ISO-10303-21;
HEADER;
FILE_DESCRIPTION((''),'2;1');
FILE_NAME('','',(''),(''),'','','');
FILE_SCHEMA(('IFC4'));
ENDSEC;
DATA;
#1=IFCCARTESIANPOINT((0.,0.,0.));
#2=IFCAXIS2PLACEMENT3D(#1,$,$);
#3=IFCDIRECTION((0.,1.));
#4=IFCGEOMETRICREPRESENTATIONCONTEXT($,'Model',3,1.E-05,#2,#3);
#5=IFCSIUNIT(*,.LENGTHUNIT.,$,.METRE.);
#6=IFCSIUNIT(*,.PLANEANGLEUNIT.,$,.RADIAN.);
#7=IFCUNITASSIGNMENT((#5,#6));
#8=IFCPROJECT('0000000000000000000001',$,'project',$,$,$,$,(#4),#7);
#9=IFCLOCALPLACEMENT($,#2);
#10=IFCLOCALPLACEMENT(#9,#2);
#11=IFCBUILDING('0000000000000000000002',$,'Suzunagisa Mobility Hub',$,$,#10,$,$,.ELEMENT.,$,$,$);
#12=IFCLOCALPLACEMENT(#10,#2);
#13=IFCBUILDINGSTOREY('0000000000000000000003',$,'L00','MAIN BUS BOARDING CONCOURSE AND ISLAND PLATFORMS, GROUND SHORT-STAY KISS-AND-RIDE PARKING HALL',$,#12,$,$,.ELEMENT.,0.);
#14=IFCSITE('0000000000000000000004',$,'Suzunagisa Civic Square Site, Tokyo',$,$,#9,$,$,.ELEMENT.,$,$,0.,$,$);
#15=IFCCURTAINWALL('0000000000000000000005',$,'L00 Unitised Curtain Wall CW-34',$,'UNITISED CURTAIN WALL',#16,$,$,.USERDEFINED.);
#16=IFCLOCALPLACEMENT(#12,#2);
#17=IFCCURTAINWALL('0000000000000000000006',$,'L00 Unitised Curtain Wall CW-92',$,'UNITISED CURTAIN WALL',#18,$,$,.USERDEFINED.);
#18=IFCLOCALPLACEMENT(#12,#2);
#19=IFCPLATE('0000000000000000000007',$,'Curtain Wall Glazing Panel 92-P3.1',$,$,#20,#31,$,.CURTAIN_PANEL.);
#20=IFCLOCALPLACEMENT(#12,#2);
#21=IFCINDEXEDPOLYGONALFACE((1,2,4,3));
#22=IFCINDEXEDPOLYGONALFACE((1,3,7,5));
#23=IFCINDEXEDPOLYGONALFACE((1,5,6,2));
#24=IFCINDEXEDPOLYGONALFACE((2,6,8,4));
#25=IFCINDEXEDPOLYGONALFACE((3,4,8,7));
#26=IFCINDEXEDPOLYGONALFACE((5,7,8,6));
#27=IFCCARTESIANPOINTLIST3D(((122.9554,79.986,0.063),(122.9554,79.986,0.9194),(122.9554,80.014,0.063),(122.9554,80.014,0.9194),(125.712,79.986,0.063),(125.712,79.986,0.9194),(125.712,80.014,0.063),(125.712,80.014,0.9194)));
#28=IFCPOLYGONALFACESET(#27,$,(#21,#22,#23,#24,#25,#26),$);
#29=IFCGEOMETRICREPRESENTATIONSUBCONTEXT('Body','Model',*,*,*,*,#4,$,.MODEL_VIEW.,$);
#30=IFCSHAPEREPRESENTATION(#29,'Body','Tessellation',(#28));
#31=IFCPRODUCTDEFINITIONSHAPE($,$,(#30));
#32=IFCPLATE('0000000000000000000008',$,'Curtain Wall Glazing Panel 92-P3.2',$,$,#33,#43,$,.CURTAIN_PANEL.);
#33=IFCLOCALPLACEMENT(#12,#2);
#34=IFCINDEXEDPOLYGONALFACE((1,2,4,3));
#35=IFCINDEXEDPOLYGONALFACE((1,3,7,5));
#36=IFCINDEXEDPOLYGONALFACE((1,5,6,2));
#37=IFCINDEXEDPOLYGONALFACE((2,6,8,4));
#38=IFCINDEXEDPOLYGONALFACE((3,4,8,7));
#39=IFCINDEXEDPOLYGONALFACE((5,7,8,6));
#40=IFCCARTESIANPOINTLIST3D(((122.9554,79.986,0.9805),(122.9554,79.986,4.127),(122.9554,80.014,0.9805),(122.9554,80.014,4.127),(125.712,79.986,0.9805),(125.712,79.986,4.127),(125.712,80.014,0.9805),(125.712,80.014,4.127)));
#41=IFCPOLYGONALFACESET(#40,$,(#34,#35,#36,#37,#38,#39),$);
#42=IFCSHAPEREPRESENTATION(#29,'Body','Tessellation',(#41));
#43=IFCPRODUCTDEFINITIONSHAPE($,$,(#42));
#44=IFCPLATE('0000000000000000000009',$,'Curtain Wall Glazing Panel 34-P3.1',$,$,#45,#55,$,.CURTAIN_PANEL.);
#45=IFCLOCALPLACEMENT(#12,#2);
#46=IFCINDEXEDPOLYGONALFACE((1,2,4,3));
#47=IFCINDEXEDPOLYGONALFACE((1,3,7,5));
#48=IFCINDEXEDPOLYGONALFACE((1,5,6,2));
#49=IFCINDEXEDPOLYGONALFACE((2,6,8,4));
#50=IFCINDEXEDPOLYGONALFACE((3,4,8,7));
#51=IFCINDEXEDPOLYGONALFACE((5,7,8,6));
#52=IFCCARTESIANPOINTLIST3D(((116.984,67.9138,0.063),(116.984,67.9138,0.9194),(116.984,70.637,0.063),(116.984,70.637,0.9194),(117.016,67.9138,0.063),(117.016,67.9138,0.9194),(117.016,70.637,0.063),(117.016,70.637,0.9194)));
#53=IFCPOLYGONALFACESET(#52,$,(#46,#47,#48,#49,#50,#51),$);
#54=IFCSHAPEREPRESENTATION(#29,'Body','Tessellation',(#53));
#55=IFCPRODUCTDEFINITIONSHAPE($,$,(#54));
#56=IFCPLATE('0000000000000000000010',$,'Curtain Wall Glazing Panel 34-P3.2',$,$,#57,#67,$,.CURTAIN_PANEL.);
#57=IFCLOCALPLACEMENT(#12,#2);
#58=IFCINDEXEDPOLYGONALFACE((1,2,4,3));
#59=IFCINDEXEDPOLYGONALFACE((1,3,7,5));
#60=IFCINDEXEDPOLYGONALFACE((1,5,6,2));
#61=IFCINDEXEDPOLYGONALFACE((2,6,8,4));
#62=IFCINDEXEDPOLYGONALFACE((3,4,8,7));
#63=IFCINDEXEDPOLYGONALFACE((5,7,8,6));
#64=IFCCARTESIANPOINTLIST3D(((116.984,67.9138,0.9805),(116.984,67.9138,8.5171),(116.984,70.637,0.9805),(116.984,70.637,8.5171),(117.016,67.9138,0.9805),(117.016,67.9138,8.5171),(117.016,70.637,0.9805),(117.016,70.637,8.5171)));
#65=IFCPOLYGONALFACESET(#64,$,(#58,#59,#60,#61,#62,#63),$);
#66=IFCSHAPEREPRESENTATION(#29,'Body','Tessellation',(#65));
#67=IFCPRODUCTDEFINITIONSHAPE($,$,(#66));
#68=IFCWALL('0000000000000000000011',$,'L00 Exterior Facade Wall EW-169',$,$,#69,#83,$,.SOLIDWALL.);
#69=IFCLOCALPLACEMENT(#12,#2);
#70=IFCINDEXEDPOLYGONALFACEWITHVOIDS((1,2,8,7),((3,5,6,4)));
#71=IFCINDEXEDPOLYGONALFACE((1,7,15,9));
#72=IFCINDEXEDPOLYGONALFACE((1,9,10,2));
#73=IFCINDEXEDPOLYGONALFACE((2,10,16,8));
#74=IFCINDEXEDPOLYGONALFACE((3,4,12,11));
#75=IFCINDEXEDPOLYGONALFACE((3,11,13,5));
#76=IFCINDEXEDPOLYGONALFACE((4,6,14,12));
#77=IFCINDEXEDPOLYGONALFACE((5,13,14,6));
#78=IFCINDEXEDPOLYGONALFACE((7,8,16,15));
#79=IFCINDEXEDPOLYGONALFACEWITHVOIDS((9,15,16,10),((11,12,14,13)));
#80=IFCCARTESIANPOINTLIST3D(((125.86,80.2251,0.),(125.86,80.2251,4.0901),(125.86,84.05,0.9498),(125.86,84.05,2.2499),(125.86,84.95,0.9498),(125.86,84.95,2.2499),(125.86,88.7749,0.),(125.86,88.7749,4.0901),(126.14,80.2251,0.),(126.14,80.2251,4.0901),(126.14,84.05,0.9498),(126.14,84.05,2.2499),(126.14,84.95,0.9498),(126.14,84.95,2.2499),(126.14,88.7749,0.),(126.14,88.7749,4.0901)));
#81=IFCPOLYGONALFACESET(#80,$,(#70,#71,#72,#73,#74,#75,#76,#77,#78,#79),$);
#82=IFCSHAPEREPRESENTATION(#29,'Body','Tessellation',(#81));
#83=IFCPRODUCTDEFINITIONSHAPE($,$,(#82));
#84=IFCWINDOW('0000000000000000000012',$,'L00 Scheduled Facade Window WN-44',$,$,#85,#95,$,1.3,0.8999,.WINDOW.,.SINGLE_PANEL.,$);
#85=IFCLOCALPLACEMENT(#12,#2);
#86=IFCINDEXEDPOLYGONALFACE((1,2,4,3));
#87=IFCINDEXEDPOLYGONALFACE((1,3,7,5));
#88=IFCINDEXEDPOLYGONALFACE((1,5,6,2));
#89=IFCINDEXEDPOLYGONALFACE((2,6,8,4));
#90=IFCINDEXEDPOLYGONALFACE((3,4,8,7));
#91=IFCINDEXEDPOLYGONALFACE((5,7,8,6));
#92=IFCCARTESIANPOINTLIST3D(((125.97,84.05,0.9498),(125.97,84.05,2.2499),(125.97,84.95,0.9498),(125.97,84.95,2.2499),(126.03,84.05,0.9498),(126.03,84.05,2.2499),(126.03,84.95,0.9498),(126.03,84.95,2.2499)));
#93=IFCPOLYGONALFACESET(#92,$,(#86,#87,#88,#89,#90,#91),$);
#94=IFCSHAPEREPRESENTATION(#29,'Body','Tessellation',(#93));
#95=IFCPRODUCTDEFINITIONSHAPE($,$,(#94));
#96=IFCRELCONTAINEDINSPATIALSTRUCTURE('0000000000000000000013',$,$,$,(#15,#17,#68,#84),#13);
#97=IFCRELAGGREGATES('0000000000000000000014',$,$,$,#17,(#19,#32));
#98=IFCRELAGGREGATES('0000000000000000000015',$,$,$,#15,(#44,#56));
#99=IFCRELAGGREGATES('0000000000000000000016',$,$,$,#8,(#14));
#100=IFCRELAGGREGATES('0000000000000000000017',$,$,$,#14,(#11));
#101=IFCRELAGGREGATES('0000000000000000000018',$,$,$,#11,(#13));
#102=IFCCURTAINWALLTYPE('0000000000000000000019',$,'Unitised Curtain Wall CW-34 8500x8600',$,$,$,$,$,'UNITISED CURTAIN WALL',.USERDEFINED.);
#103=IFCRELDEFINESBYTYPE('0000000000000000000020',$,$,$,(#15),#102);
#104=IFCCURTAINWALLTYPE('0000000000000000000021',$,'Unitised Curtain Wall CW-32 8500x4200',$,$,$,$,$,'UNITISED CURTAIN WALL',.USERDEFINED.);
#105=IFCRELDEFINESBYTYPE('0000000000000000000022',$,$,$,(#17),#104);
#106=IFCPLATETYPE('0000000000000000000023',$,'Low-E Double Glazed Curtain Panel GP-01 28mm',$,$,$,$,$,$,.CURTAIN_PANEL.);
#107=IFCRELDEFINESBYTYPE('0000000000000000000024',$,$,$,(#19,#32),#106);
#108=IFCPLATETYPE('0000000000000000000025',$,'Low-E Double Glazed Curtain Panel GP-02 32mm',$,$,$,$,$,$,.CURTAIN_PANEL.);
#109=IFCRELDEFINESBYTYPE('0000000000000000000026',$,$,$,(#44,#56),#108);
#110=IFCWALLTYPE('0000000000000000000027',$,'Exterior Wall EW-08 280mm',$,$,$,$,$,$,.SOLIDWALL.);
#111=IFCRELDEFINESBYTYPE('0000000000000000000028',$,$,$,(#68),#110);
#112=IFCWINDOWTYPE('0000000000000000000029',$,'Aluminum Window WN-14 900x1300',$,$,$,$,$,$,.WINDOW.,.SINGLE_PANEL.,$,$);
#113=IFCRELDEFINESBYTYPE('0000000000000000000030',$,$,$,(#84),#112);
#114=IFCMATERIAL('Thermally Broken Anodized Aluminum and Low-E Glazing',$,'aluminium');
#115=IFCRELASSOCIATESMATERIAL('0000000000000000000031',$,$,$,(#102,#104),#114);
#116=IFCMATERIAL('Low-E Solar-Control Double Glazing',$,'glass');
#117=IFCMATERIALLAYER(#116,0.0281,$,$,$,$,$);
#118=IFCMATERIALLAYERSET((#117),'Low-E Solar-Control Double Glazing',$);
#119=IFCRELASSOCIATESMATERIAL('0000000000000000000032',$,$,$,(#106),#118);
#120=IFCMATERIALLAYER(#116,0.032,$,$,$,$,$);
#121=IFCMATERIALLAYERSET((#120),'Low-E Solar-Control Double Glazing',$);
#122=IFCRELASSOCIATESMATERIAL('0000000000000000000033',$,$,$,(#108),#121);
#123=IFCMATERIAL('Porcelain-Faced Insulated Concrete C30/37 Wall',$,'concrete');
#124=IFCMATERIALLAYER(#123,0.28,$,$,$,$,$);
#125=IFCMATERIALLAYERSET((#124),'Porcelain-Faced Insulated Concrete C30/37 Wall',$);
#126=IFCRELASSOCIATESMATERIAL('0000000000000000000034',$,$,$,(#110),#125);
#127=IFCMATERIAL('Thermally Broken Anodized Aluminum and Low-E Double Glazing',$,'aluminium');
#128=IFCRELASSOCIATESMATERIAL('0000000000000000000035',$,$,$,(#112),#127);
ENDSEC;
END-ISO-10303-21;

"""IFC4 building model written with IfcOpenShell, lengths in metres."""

from ifc_helpers import new_model, si_unit, direction, frame, frame_2d, origin, origin_2d, place, context, subcontext, project, spatial, rectangle, extrude, material, layer, layer_set, type_object, element, fill, aggregate, save


model = new_model("IFC4")

# Units and contexts
model_context = context("Model", 3, precision=1e-05, world=origin(), true_north=direction((0.0, 1.0)))
body_context = subcontext(model_context, "Body", "Model", "MODEL_VIEW")
ifc_project = project(units=[si_unit("LENGTHUNIT", "METRE"), si_unit("PLANEANGLEUNIT", "RADIAN")], contexts=[model_context])

# Site, building, storey
site_placement = place(None, origin())
site = spatial("IfcSite", under=ifc_project, at=site_placement, Name="Suzunagisa Civic Square Site, Tokyo", CompositionType="ELEMENT", RefElevation=0.0)
building_placement = place(site_placement, origin())
building = spatial("IfcBuilding", under=site, at=building_placement, Name="Suzunagisa Mobility Hub", CompositionType="ELEMENT")
storey_placement = place(building_placement, origin())
storey = spatial("IfcBuildingStorey", under=building, at=storey_placement, Name="L00", Description="MAIN BUS BOARDING CONCOURSE AND ISLAND PLATFORMS, GROUND SHORT-STAY KISS-AND-RIDE PARKING HALL", CompositionType="ELEMENT", Elevation=0.0)

# Curtain walls
ifc_material_1 = material(Name="Thermally Broken Anodized Aluminum and Low-E Glazing", Category="aluminium")
curtain_wall_type_1 = type_object("IfcCurtainWallType", Name="Unitised Curtain Wall CW-34 8500x8600", ElementType="UNITISED CURTAIN WALL", PredefinedType="USERDEFINED", material=ifc_material_1)
curtain_wall_1_placement = place(storey_placement, origin())
curtain_wall_1 = element("IfcCurtainWall", 1, at=curtain_wall_1_placement, inside=storey, type_object=curtain_wall_type_1, Name="L00 Unitised Curtain Wall CW-34", ObjectType="UNITISED CURTAIN WALL", PredefinedType="USERDEFINED")
curtain_wall_type_2 = type_object("IfcCurtainWallType", Name="Unitised Curtain Wall CW-32 8500x4200", ElementType="UNITISED CURTAIN WALL", PredefinedType="USERDEFINED", material=ifc_material_1)
curtain_wall_2_placement = place(storey_placement, origin())
curtain_wall_2 = element("IfcCurtainWall", 2, at=curtain_wall_2_placement, inside=storey, type_object=curtain_wall_type_2, Name="L00 Unitised Curtain Wall CW-92", ObjectType="UNITISED CURTAIN WALL", PredefinedType="USERDEFINED")

# Plates
ifc_material_2 = material(Name="Low-E Solar-Control Double Glazing", Category="glass")
ifc_layer_1 = layer(ifc_material_2, 0.0281)
ifc_layer_set_1 = layer_set([ifc_layer_1], Name="Low-E Solar-Control Double Glazing")
plate_type_1 = type_object("IfcPlateType", Name="Low-E Double Glazed Curtain Panel GP-01 28mm", PredefinedType="CURTAIN_PANEL", material=ifc_layer_set_1)
plate_1_placement = place(storey_placement, frame((124.3337, 80.0, 0.063), z_axis=(0.0, 0.0, 1.0), x_axis=(1.0, 0.0, 0.0)))
plate_1 = element("IfcPlate", 3, at=plate_1_placement, type_object=plate_type_1, Name="Curtain Wall Glazing Panel 92-P3.1", PredefinedType="CURTAIN_PANEL", context=body_context, shape_type="SweptSolid", body=[
    extrude(rectangle(XDim=2.7566, YDim=0.0281, at=origin_2d()), origin(), (0.0, 0.0, 1.0), 0.8564),
])
plate_2_placement = place(storey_placement, frame((124.3337, 80.0, 0.9805), z_axis=(0.0, 0.0, 1.0), x_axis=(1.0, 0.0, 0.0)))
plate_2 = element("IfcPlate", 4, at=plate_2_placement, type_object=plate_type_1, Name="Curtain Wall Glazing Panel 92-P3.2", PredefinedType="CURTAIN_PANEL", context=body_context, shape_type="SweptSolid", body=[
    extrude(rectangle(XDim=2.7566, YDim=0.0281, at=origin_2d()), origin(), (0.0, 0.0, 1.0), 3.1465),
])
aggregate(curtain_wall_2, [plate_1, plate_2])
ifc_layer_2 = layer(ifc_material_2, 0.032)
ifc_layer_set_2 = layer_set([ifc_layer_2], Name="Low-E Solar-Control Double Glazing")
plate_type_2 = type_object("IfcPlateType", Name="Low-E Double Glazed Curtain Panel GP-02 32mm", PredefinedType="CURTAIN_PANEL", material=ifc_layer_set_2)
plate_3_placement = place(storey_placement, frame((117.0, 69.2754, 0.063), z_axis=(0.0, 0.0, 1.0), x_axis=(0.0, 1.0, 0.0)))
plate_3 = element("IfcPlate", 5, at=plate_3_placement, type_object=plate_type_2, Name="Curtain Wall Glazing Panel 34-P3.1", PredefinedType="CURTAIN_PANEL", context=body_context, shape_type="SweptSolid", body=[
    extrude(rectangle(XDim=2.7231, YDim=0.032, at=origin_2d()), origin(), (0.0, 0.0, 1.0), 0.8564),
])
plate_4_placement = place(storey_placement, frame((117.0, 69.2754, 0.9805), z_axis=(0.0, 0.0, 1.0), x_axis=(0.0, 1.0, 0.0)))
plate_4 = element("IfcPlate", 6, at=plate_4_placement, type_object=plate_type_2, Name="Curtain Wall Glazing Panel 34-P3.2", PredefinedType="CURTAIN_PANEL", context=body_context, shape_type="SweptSolid", body=[
    extrude(rectangle(XDim=2.7231, YDim=0.032, at=origin_2d()), origin(), (0.0, 0.0, 1.0), 7.5366),
])
aggregate(curtain_wall_1, [plate_3, plate_4])

# Wall, opening, window
ifc_material_3 = material(Name="Porcelain-Faced Insulated Concrete C30/37 Wall", Category="concrete")
ifc_layer_3 = layer(ifc_material_3, 0.28)
ifc_layer_set_3 = layer_set([ifc_layer_3], Name="Porcelain-Faced Insulated Concrete C30/37 Wall")
wall_type = type_object("IfcWallType", Name="Exterior Wall EW-08 280mm", PredefinedType="SOLIDWALL", material=ifc_layer_set_3)
wall_placement = place(storey_placement, frame((126.0, 80.2251, 0.0), z_axis=(0.0, 0.0, 1.0), x_axis=(0.0, 1.0, 0.0)))
wall = element("IfcWall", 7, at=wall_placement, inside=storey, type_object=wall_type, Name="L00 Exterior Facade Wall EW-169", PredefinedType="SOLIDWALL", context=body_context, shape_type="SweptSolid", body=[
    extrude(rectangle(XDim=8.5498, YDim=0.28, at=frame_2d((4.2749, 0.0))), origin(), (0.0, 0.0, 1.0), 4.0901),
])
opening_placement = place(wall_placement, frame((3.825, 0.0, 0.95)))
opening = element("IfcOpeningElement", 8, at=opening_placement, cuts=wall, PredefinedType="OPENING", context=body_context, shape_type="SweptSolid", body=[
    extrude(rectangle(XDim=0.8999, YDim=1.3, at=frame_2d((0.45, 0.6499))), frame((0.0, 0.1509, 0.0), z_axis=(0.0, -1.0, 0.0), x_axis=(1.0, 0.0, 0.0)), (0.0, 0.0, 1.0), 0.302),
])
ifc_material_4 = material(Name="Thermally Broken Anodized Aluminum and Low-E Double Glazing", Category="aluminium")
window_type = type_object("IfcWindowType", Name="Aluminum Window WN-14 900x1300", PartitioningType="SINGLE_PANEL", PredefinedType="WINDOW", material=ifc_material_4)
window_placement = place(opening_placement, origin())
window = element("IfcWindow", 9, at=window_placement, inside=storey, type_object=window_type, Name="L00 Scheduled Facade Window WN-44", OverallHeight=1.3, OverallWidth=0.8999, PartitioningType="SINGLE_PANEL", PredefinedType="WINDOW", context=body_context, shape_type="SweptSolid", body=[
    extrude(rectangle(XDim=0.8999, YDim=1.3, at=frame_2d((0.45, 0.6499))), frame((0.0, 0.03, 0.0), z_axis=(0.0, -1.0, 0.0), x_axis=(1.0, 0.0, 0.0)), (0.0, 0.0, 1.0), 0.0601),
])
fill(opening, window)

save(model, "model.ifc")
